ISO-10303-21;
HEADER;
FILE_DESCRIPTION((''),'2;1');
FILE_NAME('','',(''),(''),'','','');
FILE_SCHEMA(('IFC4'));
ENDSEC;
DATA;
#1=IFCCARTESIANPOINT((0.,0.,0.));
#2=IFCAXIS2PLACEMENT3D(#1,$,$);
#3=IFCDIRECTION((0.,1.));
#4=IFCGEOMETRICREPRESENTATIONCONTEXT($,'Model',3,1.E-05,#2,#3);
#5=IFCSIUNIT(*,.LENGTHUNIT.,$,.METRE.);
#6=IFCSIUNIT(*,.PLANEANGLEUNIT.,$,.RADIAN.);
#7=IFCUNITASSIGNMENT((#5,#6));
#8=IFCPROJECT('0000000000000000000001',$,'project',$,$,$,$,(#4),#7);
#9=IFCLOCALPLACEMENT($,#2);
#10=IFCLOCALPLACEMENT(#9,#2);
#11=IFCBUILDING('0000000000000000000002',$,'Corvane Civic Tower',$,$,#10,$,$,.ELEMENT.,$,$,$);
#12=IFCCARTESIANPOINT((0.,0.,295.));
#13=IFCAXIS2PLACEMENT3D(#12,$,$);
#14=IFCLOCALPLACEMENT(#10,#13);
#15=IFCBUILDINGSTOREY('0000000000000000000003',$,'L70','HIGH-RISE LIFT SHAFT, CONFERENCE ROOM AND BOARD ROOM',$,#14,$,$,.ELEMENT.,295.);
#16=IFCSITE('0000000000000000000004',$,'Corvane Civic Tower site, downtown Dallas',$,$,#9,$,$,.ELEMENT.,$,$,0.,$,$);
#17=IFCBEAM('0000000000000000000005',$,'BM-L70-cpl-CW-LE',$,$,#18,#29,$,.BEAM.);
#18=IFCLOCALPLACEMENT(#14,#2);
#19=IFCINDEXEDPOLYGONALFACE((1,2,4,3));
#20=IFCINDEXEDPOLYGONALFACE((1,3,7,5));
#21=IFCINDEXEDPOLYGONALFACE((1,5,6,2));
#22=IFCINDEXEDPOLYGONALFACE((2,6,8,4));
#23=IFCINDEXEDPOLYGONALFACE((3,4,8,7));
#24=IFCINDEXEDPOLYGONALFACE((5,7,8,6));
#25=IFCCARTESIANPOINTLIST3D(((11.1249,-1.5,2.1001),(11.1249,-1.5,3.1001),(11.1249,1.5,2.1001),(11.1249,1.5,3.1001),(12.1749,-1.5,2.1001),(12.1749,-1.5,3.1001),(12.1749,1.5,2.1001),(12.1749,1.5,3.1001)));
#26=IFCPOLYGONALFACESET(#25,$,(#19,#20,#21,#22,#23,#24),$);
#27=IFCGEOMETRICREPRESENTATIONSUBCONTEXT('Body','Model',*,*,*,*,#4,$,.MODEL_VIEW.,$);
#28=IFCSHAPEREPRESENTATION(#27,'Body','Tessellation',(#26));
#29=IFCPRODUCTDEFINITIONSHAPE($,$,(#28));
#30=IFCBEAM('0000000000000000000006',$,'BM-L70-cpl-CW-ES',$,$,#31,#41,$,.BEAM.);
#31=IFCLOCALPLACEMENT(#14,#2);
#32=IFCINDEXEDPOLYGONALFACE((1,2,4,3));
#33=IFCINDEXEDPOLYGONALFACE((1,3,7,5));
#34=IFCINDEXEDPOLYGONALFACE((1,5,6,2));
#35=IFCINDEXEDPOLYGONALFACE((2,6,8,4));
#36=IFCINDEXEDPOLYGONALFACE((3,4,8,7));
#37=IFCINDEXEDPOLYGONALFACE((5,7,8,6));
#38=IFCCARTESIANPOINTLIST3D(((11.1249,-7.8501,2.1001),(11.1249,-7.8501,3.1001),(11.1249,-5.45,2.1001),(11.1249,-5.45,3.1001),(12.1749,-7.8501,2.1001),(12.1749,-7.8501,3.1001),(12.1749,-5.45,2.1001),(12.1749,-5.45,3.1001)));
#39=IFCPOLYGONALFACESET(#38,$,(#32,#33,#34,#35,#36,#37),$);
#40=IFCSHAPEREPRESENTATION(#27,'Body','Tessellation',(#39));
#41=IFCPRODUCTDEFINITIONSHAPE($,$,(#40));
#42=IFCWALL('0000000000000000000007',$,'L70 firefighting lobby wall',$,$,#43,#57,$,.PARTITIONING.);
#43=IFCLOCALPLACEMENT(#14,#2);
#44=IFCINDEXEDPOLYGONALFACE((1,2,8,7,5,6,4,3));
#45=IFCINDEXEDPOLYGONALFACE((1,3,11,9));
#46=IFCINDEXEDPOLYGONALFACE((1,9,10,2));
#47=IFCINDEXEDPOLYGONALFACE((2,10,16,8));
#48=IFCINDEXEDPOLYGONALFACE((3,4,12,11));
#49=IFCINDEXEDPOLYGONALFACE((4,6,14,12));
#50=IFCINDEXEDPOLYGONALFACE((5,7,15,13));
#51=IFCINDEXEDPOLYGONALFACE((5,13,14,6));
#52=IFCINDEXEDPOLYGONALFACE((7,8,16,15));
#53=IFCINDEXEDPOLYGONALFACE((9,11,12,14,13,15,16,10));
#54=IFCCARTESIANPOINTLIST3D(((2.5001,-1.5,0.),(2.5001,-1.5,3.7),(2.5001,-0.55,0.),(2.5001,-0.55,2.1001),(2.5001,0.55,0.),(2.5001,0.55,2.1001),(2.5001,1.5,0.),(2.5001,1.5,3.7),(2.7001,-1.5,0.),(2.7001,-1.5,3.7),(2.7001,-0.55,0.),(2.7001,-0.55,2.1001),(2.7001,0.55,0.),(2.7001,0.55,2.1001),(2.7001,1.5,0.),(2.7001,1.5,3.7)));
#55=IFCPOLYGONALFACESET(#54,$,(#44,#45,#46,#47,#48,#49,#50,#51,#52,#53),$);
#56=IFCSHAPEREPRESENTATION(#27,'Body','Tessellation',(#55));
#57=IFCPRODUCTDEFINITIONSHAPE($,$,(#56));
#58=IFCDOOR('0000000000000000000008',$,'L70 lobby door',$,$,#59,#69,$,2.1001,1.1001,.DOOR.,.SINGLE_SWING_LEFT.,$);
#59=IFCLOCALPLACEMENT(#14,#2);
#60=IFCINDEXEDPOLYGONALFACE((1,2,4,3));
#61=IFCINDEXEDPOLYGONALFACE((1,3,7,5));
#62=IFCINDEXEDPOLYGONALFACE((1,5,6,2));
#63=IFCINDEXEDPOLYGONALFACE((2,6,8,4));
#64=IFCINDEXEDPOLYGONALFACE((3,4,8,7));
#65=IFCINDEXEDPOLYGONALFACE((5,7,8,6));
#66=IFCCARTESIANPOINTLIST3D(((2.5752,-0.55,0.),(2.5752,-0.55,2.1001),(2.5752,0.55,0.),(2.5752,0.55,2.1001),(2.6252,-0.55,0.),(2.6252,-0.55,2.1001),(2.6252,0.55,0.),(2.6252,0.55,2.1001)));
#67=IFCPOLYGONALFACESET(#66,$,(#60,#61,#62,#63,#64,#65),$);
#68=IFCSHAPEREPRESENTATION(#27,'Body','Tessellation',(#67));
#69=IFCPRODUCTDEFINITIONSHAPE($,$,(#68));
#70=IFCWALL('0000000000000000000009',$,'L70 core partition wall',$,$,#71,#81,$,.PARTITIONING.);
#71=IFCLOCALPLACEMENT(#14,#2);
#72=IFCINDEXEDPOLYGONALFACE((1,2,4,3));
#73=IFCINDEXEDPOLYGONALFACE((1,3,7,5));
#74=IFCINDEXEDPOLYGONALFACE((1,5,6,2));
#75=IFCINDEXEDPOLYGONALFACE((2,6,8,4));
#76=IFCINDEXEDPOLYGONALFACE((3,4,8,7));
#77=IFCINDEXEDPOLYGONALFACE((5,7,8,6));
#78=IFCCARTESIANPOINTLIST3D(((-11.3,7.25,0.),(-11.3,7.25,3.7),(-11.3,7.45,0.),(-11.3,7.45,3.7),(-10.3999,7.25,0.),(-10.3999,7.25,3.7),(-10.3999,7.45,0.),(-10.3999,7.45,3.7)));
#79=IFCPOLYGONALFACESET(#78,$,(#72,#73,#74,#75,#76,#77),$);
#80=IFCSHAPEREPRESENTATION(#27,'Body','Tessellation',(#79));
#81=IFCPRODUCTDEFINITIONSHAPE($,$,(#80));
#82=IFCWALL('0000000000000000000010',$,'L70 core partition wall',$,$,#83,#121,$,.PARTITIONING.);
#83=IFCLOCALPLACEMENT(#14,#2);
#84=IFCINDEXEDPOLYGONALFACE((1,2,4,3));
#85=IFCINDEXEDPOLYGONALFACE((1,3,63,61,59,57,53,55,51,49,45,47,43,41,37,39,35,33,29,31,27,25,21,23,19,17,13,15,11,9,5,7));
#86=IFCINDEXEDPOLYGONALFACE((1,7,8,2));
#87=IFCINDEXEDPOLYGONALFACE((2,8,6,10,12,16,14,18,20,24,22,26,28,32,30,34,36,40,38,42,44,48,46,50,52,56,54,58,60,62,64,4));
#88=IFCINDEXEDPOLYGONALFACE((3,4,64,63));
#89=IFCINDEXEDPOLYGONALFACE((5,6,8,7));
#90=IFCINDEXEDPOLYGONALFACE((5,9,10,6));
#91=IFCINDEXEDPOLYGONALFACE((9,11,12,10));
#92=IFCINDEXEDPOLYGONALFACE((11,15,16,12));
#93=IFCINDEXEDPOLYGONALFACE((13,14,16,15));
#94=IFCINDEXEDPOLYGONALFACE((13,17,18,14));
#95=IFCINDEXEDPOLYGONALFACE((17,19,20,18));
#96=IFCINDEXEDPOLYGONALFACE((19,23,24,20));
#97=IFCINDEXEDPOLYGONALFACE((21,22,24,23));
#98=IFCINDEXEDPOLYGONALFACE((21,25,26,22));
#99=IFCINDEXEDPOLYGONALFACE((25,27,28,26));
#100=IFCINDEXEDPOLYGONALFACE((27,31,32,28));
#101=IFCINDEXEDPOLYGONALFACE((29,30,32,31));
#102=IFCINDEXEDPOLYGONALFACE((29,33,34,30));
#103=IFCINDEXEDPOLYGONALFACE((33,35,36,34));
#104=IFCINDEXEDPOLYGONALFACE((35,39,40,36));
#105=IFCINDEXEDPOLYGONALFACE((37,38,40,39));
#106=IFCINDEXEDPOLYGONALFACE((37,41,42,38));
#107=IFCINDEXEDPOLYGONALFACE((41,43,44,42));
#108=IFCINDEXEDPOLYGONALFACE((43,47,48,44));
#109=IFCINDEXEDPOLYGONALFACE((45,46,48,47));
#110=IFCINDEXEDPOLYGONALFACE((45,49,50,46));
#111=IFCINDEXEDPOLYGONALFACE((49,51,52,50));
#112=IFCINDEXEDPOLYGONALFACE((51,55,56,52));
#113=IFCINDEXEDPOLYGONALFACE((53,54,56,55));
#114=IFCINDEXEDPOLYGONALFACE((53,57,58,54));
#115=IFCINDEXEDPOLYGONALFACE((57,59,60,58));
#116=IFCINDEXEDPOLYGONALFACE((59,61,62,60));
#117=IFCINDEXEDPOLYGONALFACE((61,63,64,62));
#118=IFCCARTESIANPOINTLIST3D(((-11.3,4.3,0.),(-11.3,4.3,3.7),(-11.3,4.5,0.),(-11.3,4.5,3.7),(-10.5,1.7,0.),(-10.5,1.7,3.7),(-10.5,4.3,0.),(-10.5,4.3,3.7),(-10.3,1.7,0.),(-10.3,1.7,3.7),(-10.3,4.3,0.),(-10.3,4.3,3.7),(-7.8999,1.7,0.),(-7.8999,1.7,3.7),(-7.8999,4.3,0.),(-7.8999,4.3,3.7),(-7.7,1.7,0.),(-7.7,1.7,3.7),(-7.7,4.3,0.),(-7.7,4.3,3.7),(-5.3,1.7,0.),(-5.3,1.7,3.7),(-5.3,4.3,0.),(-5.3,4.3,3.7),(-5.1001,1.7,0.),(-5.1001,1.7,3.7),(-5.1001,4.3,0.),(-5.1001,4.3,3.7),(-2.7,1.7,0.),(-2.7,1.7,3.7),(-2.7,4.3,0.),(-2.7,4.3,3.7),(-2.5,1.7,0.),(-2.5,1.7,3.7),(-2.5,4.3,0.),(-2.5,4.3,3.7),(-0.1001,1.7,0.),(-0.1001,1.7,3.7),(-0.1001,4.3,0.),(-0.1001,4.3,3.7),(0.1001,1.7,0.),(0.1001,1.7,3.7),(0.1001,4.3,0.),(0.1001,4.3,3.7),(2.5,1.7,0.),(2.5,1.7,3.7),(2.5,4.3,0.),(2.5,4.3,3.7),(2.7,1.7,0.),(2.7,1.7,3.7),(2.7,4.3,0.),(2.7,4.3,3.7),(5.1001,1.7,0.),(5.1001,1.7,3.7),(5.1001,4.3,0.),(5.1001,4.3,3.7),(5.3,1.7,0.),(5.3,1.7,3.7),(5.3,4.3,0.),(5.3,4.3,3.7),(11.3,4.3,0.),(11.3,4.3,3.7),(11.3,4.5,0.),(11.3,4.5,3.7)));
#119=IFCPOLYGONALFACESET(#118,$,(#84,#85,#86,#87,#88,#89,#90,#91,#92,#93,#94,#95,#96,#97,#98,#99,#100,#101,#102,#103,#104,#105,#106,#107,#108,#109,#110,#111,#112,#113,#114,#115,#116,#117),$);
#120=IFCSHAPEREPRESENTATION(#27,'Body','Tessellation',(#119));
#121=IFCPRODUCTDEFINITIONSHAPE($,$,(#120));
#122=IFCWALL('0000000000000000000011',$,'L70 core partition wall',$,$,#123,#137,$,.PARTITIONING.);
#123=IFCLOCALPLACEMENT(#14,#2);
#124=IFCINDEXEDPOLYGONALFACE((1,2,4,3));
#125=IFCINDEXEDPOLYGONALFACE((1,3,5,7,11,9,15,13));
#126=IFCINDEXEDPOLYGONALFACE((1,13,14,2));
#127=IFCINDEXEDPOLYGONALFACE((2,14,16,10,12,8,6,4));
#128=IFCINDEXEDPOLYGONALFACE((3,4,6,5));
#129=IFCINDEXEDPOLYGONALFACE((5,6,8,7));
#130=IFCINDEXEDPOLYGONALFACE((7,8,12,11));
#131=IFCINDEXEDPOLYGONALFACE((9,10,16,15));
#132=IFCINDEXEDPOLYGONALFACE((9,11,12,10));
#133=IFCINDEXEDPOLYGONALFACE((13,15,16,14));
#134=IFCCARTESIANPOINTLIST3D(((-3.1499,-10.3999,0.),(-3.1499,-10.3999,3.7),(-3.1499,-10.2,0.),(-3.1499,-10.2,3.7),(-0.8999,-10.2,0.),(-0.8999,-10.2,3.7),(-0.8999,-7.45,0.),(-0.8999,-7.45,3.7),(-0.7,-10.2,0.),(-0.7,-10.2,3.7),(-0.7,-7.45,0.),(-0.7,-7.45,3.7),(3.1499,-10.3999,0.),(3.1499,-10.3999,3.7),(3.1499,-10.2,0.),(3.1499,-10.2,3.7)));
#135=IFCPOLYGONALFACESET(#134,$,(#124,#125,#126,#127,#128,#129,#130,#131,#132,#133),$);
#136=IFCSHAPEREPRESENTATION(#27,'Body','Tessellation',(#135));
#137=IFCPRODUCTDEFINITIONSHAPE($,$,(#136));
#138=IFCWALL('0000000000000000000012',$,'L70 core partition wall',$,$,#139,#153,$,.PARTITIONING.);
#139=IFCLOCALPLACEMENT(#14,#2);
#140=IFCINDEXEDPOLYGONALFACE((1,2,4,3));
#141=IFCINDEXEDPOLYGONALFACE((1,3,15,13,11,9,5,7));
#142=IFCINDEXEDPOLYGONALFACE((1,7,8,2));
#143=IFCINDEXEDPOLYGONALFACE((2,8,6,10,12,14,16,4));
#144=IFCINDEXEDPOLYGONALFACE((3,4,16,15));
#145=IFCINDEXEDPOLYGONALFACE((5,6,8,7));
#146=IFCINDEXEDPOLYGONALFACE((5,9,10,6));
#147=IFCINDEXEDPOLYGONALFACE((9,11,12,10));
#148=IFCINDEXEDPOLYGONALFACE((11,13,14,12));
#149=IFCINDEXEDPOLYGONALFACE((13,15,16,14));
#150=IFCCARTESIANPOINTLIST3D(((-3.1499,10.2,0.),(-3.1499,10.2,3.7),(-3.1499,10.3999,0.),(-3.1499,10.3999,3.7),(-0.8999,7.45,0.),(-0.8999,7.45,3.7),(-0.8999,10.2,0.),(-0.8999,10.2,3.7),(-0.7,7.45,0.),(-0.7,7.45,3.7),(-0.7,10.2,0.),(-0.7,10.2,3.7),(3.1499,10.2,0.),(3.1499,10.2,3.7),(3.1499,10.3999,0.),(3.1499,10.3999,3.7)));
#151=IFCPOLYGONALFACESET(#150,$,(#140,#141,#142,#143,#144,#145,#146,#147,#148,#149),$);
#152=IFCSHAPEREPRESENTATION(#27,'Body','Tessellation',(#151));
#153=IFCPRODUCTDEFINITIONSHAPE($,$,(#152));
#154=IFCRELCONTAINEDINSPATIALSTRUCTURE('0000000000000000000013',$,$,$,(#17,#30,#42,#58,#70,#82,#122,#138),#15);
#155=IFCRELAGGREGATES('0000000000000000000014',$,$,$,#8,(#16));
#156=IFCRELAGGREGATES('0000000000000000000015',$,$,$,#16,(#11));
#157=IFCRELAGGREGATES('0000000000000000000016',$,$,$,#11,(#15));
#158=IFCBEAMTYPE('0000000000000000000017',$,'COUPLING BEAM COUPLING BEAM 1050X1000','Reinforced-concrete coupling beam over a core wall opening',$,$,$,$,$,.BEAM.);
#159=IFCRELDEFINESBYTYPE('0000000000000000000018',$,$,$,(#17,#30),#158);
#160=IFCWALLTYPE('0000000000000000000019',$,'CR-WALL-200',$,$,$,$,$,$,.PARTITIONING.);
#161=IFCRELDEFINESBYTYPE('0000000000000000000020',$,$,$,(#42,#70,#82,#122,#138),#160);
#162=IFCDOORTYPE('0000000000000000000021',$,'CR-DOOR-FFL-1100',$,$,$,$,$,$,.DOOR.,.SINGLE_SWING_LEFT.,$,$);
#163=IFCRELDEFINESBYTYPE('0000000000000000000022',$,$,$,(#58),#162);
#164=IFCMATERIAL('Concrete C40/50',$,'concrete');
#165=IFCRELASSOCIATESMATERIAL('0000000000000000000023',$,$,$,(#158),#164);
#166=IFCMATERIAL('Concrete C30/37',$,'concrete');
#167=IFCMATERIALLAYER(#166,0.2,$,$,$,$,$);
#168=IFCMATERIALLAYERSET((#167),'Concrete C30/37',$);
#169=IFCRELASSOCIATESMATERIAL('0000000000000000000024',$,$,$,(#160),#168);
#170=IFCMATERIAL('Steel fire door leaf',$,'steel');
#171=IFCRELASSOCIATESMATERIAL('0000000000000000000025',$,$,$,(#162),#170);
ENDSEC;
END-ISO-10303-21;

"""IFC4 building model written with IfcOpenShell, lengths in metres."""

from ifc_helpers import new_model, si_unit, direction, frame, frame_2d, origin, origin_2d, place, context, subcontext, project, spatial, polyline, rectangle, outline, extrude, material, layer, layer_set, material_profile, profile_set, type_object, element, fill, save


model = new_model("IFC4")

# Units and contexts
model_context = context("Model", 3, precision=1e-05, world=origin(), true_north=direction((0.0, 1.0)))
body_context = subcontext(model_context, "Body", "Model", "MODEL_VIEW")
ifc_project = project(units=[si_unit("LENGTHUNIT", "METRE"), si_unit("PLANEANGLEUNIT", "RADIAN")], contexts=[model_context])

# Site, building, storey
site_placement = place(None, origin())
site = spatial("IfcSite", under=ifc_project, at=site_placement, Name="Corvane Civic Tower site, downtown Dallas", CompositionType="ELEMENT", RefElevation=0.0)
building_placement = place(site_placement, origin())
building = spatial("IfcBuilding", under=site, at=building_placement, Name="Corvane Civic Tower", CompositionType="ELEMENT")
storey_placement = place(building_placement, frame((0.0, 0.0, 295.0)))
storey = spatial("IfcBuildingStorey", under=building, at=storey_placement, Name="L70", Description="HIGH-RISE LIFT SHAFT, CONFERENCE ROOM AND BOARD ROOM", CompositionType="ELEMENT", Elevation=295.0)

# Beams
ifc_material_1 = material(Name="Concrete C40/50", Category="concrete")
ifc_material_profile = material_profile(ifc_material_1, rectangle(XDim=1.05, YDim=1.0, at=origin_2d()), Name="COUPLING BEAM 1050X1000")
ifc_profile_set = profile_set([ifc_material_profile], Name="Concrete C40/50")
beam_type = type_object("IfcBeamType", Name="COUPLING BEAM COUPLING BEAM 1050X1000", Description="Reinforced-concrete coupling beam over a core wall opening", PredefinedType="BEAM", material=ifc_profile_set)
beam_1_placement = place(storey_placement, frame((11.6499, -1.5, 2.6001), z_axis=(0.0, 1.0, 0.0), x_axis=(-1.0, 0.0, 0.0)))
element("IfcBeam", 1, at=beam_1_placement, inside=storey, type_object=beam_type, Name="BM-L70-cpl-CW-LE", PredefinedType="BEAM", context=body_context, shape_type="SweptSolid", body=[
    extrude(rectangle(XDim=1.05, YDim=1.0, at=origin_2d()), origin(), (0.0, 0.0, 1.0), 3.0),
])
beam_2_placement = place(storey_placement, frame((11.6499, -7.8501, 2.6001), z_axis=(0.0, 1.0, 0.0), x_axis=(-1.0, 0.0, 0.0)))
element("IfcBeam", 2, at=beam_2_placement, inside=storey, type_object=beam_type, Name="BM-L70-cpl-CW-ES", PredefinedType="BEAM", context=body_context, shape_type="SweptSolid", body=[
    extrude(rectangle(XDim=1.05, YDim=1.0, at=origin_2d()), origin(), (0.0, 0.0, 1.0), 2.4001),
])

# Wall, opening, door
ifc_material_2 = material(Name="Concrete C30/37", Category="concrete")
ifc_layer_1 = layer(ifc_material_2, 0.2)
ifc_layer_set_1 = layer_set([ifc_layer_1], Name="Concrete C30/37")
wall_type_1 = type_object("IfcWallType", Name="CR-WALL-200", PredefinedType="PARTITIONING", material=ifc_layer_set_1)
wall_1_placement = place(storey_placement, frame((2.6001, -1.5, 0.0), z_axis=(0.0, 0.0, 1.0), x_axis=(0.0, 1.0, 0.0)))
wall_1 = element("IfcWall", 3, at=wall_1_placement, inside=storey, type_object=wall_type_1, Name="L70 firefighting lobby wall", PredefinedType="PARTITIONING", context=body_context, shape_type="SweptSolid", body=[
    extrude(rectangle(XDim=3.0, YDim=0.2, at=frame_2d((1.5, 0.0))), origin(), (0.0, 0.0, 1.0), 3.7),
])
opening_1_placement = place(wall_1_placement, frame((0.95, 0.0, 0.0)))
opening_1 = element("IfcOpeningElement", 4, at=opening_1_placement, cuts=wall_1, PredefinedType="OPENING", context=body_context, shape_type="SweptSolid", body=[
    extrude(rectangle(XDim=1.1001, YDim=2.1001, at=frame_2d((0.55, 1.05))), frame((0.0, 0.1099, 0.0), z_axis=(0.0, -1.0, 0.0), x_axis=(1.0, 0.0, 0.0)), (0.0, 0.0, 1.0), 0.22),
])
ifc_material_3 = material(Name="Steel fire door leaf", Category="steel")
door_type_1 = type_object("IfcDoorType", Name="CR-DOOR-FFL-1100", OperationType="SINGLE_SWING_LEFT", PredefinedType="DOOR", material=ifc_material_3)
door_1_placement = place(opening_1_placement, origin())
door_1 = element("IfcDoor", 5, at=door_1_placement, inside=storey, type_object=door_type_1, Name="L70 lobby door", OperationType="SINGLE_SWING_LEFT", OverallHeight=2.1001, OverallWidth=1.1001, PredefinedType="DOOR", context=body_context, shape_type="SweptSolid", body=[
    extrude(rectangle(XDim=1.1001, YDim=2.1001, at=frame_2d((0.55, 1.05))), frame((0.0, 0.0249, 0.0), z_axis=(0.0, -1.0, 0.0), x_axis=(1.0, 0.0, 0.0)), (0.0, 0.0, 1.0), 0.05),
])
fill(opening_1, door_1)

# Walls
wall_2_placement = place(storey_placement, origin())
element("IfcWall", 6, at=wall_2_placement, inside=storey, type_object=wall_type_1, Name="L70 core partition wall", PredefinedType="PARTITIONING", context=body_context, shape_type="SweptSolid", body=[
    extrude(outline(polyline([(-10.3999, 7.25), (-11.3, 7.25), (-11.3, 7.45), (-10.3999, 7.45), (-10.3999, 7.25)])), origin(), (0.0, 0.0, 1.0), 3.7),
])
wall_3_placement = place(storey_placement, origin())
element("IfcWall", 7, at=wall_3_placement, inside=storey, type_object=wall_type_1, Name="L70 core partition wall", PredefinedType="PARTITIONING", context=body_context, shape_type="SweptSolid", body=[
    extrude(outline(polyline([(0.1001, 1.7), (-0.1001, 1.7), (-0.1001, 4.3), (-2.5, 4.3), (-2.5, 1.7), (-2.7, 1.7), (-2.7, 4.3), (-5.1001, 4.3), (-5.1001, 1.7), (-5.3, 1.7), (-5.3, 4.3), (-7.7, 4.3), (-7.7, 1.7), (-7.8999, 1.7), (-7.8999, 4.3), (-10.3, 4.3), (-10.3, 1.7), (-10.5, 1.7), (-10.5, 4.3), (-11.3, 4.3), (-11.3, 4.5), (11.3, 4.5), (11.3, 4.3), (5.3, 4.3), (5.3, 1.7), (5.1001, 1.7), (5.1001, 4.3), (2.7, 4.3), (2.7, 1.7), (2.5, 1.7), (2.5, 4.3), (0.1001, 4.3), (0.1001, 1.7)])), origin(), (0.0, 0.0, 1.0), 3.7),
])
wall_4_placement = place(storey_placement, origin())
element("IfcWall", 8, at=wall_4_placement, inside=storey, type_object=wall_type_1, Name="L70 core partition wall", PredefinedType="PARTITIONING", context=body_context, shape_type="SweptSolid", body=[
    extrude(outline(polyline([(-0.7, -7.45), (-0.7, -10.2), (3.1499, -10.2), (3.1499, -10.3999), (-3.1499, -10.3999), (-3.1499, -10.2), (-0.8999, -10.2), (-0.8999, -7.45), (-0.7, -7.45)])), origin(), (0.0, 0.0, 1.0), 3.7),
])
wall_5_placement = place(storey_placement, origin())
element("IfcWall", 9, at=wall_5_placement, inside=storey, type_object=wall_type_1, Name="L70 core partition wall", PredefinedType="PARTITIONING", context=body_context, shape_type="SweptSolid", body=[
    extrude(outline(polyline([(3.1499, 10.3999), (3.1499, 10.2), (-0.7, 10.2), (-0.7, 7.45), (-0.8999, 7.45), (-0.8999, 10.2), (-3.1499, 10.2), (-3.1499, 10.3999), (3.1499, 10.3999)])), origin(), (0.0, 0.0, 1.0), 3.7),
])

save(model, "model.ifc")
